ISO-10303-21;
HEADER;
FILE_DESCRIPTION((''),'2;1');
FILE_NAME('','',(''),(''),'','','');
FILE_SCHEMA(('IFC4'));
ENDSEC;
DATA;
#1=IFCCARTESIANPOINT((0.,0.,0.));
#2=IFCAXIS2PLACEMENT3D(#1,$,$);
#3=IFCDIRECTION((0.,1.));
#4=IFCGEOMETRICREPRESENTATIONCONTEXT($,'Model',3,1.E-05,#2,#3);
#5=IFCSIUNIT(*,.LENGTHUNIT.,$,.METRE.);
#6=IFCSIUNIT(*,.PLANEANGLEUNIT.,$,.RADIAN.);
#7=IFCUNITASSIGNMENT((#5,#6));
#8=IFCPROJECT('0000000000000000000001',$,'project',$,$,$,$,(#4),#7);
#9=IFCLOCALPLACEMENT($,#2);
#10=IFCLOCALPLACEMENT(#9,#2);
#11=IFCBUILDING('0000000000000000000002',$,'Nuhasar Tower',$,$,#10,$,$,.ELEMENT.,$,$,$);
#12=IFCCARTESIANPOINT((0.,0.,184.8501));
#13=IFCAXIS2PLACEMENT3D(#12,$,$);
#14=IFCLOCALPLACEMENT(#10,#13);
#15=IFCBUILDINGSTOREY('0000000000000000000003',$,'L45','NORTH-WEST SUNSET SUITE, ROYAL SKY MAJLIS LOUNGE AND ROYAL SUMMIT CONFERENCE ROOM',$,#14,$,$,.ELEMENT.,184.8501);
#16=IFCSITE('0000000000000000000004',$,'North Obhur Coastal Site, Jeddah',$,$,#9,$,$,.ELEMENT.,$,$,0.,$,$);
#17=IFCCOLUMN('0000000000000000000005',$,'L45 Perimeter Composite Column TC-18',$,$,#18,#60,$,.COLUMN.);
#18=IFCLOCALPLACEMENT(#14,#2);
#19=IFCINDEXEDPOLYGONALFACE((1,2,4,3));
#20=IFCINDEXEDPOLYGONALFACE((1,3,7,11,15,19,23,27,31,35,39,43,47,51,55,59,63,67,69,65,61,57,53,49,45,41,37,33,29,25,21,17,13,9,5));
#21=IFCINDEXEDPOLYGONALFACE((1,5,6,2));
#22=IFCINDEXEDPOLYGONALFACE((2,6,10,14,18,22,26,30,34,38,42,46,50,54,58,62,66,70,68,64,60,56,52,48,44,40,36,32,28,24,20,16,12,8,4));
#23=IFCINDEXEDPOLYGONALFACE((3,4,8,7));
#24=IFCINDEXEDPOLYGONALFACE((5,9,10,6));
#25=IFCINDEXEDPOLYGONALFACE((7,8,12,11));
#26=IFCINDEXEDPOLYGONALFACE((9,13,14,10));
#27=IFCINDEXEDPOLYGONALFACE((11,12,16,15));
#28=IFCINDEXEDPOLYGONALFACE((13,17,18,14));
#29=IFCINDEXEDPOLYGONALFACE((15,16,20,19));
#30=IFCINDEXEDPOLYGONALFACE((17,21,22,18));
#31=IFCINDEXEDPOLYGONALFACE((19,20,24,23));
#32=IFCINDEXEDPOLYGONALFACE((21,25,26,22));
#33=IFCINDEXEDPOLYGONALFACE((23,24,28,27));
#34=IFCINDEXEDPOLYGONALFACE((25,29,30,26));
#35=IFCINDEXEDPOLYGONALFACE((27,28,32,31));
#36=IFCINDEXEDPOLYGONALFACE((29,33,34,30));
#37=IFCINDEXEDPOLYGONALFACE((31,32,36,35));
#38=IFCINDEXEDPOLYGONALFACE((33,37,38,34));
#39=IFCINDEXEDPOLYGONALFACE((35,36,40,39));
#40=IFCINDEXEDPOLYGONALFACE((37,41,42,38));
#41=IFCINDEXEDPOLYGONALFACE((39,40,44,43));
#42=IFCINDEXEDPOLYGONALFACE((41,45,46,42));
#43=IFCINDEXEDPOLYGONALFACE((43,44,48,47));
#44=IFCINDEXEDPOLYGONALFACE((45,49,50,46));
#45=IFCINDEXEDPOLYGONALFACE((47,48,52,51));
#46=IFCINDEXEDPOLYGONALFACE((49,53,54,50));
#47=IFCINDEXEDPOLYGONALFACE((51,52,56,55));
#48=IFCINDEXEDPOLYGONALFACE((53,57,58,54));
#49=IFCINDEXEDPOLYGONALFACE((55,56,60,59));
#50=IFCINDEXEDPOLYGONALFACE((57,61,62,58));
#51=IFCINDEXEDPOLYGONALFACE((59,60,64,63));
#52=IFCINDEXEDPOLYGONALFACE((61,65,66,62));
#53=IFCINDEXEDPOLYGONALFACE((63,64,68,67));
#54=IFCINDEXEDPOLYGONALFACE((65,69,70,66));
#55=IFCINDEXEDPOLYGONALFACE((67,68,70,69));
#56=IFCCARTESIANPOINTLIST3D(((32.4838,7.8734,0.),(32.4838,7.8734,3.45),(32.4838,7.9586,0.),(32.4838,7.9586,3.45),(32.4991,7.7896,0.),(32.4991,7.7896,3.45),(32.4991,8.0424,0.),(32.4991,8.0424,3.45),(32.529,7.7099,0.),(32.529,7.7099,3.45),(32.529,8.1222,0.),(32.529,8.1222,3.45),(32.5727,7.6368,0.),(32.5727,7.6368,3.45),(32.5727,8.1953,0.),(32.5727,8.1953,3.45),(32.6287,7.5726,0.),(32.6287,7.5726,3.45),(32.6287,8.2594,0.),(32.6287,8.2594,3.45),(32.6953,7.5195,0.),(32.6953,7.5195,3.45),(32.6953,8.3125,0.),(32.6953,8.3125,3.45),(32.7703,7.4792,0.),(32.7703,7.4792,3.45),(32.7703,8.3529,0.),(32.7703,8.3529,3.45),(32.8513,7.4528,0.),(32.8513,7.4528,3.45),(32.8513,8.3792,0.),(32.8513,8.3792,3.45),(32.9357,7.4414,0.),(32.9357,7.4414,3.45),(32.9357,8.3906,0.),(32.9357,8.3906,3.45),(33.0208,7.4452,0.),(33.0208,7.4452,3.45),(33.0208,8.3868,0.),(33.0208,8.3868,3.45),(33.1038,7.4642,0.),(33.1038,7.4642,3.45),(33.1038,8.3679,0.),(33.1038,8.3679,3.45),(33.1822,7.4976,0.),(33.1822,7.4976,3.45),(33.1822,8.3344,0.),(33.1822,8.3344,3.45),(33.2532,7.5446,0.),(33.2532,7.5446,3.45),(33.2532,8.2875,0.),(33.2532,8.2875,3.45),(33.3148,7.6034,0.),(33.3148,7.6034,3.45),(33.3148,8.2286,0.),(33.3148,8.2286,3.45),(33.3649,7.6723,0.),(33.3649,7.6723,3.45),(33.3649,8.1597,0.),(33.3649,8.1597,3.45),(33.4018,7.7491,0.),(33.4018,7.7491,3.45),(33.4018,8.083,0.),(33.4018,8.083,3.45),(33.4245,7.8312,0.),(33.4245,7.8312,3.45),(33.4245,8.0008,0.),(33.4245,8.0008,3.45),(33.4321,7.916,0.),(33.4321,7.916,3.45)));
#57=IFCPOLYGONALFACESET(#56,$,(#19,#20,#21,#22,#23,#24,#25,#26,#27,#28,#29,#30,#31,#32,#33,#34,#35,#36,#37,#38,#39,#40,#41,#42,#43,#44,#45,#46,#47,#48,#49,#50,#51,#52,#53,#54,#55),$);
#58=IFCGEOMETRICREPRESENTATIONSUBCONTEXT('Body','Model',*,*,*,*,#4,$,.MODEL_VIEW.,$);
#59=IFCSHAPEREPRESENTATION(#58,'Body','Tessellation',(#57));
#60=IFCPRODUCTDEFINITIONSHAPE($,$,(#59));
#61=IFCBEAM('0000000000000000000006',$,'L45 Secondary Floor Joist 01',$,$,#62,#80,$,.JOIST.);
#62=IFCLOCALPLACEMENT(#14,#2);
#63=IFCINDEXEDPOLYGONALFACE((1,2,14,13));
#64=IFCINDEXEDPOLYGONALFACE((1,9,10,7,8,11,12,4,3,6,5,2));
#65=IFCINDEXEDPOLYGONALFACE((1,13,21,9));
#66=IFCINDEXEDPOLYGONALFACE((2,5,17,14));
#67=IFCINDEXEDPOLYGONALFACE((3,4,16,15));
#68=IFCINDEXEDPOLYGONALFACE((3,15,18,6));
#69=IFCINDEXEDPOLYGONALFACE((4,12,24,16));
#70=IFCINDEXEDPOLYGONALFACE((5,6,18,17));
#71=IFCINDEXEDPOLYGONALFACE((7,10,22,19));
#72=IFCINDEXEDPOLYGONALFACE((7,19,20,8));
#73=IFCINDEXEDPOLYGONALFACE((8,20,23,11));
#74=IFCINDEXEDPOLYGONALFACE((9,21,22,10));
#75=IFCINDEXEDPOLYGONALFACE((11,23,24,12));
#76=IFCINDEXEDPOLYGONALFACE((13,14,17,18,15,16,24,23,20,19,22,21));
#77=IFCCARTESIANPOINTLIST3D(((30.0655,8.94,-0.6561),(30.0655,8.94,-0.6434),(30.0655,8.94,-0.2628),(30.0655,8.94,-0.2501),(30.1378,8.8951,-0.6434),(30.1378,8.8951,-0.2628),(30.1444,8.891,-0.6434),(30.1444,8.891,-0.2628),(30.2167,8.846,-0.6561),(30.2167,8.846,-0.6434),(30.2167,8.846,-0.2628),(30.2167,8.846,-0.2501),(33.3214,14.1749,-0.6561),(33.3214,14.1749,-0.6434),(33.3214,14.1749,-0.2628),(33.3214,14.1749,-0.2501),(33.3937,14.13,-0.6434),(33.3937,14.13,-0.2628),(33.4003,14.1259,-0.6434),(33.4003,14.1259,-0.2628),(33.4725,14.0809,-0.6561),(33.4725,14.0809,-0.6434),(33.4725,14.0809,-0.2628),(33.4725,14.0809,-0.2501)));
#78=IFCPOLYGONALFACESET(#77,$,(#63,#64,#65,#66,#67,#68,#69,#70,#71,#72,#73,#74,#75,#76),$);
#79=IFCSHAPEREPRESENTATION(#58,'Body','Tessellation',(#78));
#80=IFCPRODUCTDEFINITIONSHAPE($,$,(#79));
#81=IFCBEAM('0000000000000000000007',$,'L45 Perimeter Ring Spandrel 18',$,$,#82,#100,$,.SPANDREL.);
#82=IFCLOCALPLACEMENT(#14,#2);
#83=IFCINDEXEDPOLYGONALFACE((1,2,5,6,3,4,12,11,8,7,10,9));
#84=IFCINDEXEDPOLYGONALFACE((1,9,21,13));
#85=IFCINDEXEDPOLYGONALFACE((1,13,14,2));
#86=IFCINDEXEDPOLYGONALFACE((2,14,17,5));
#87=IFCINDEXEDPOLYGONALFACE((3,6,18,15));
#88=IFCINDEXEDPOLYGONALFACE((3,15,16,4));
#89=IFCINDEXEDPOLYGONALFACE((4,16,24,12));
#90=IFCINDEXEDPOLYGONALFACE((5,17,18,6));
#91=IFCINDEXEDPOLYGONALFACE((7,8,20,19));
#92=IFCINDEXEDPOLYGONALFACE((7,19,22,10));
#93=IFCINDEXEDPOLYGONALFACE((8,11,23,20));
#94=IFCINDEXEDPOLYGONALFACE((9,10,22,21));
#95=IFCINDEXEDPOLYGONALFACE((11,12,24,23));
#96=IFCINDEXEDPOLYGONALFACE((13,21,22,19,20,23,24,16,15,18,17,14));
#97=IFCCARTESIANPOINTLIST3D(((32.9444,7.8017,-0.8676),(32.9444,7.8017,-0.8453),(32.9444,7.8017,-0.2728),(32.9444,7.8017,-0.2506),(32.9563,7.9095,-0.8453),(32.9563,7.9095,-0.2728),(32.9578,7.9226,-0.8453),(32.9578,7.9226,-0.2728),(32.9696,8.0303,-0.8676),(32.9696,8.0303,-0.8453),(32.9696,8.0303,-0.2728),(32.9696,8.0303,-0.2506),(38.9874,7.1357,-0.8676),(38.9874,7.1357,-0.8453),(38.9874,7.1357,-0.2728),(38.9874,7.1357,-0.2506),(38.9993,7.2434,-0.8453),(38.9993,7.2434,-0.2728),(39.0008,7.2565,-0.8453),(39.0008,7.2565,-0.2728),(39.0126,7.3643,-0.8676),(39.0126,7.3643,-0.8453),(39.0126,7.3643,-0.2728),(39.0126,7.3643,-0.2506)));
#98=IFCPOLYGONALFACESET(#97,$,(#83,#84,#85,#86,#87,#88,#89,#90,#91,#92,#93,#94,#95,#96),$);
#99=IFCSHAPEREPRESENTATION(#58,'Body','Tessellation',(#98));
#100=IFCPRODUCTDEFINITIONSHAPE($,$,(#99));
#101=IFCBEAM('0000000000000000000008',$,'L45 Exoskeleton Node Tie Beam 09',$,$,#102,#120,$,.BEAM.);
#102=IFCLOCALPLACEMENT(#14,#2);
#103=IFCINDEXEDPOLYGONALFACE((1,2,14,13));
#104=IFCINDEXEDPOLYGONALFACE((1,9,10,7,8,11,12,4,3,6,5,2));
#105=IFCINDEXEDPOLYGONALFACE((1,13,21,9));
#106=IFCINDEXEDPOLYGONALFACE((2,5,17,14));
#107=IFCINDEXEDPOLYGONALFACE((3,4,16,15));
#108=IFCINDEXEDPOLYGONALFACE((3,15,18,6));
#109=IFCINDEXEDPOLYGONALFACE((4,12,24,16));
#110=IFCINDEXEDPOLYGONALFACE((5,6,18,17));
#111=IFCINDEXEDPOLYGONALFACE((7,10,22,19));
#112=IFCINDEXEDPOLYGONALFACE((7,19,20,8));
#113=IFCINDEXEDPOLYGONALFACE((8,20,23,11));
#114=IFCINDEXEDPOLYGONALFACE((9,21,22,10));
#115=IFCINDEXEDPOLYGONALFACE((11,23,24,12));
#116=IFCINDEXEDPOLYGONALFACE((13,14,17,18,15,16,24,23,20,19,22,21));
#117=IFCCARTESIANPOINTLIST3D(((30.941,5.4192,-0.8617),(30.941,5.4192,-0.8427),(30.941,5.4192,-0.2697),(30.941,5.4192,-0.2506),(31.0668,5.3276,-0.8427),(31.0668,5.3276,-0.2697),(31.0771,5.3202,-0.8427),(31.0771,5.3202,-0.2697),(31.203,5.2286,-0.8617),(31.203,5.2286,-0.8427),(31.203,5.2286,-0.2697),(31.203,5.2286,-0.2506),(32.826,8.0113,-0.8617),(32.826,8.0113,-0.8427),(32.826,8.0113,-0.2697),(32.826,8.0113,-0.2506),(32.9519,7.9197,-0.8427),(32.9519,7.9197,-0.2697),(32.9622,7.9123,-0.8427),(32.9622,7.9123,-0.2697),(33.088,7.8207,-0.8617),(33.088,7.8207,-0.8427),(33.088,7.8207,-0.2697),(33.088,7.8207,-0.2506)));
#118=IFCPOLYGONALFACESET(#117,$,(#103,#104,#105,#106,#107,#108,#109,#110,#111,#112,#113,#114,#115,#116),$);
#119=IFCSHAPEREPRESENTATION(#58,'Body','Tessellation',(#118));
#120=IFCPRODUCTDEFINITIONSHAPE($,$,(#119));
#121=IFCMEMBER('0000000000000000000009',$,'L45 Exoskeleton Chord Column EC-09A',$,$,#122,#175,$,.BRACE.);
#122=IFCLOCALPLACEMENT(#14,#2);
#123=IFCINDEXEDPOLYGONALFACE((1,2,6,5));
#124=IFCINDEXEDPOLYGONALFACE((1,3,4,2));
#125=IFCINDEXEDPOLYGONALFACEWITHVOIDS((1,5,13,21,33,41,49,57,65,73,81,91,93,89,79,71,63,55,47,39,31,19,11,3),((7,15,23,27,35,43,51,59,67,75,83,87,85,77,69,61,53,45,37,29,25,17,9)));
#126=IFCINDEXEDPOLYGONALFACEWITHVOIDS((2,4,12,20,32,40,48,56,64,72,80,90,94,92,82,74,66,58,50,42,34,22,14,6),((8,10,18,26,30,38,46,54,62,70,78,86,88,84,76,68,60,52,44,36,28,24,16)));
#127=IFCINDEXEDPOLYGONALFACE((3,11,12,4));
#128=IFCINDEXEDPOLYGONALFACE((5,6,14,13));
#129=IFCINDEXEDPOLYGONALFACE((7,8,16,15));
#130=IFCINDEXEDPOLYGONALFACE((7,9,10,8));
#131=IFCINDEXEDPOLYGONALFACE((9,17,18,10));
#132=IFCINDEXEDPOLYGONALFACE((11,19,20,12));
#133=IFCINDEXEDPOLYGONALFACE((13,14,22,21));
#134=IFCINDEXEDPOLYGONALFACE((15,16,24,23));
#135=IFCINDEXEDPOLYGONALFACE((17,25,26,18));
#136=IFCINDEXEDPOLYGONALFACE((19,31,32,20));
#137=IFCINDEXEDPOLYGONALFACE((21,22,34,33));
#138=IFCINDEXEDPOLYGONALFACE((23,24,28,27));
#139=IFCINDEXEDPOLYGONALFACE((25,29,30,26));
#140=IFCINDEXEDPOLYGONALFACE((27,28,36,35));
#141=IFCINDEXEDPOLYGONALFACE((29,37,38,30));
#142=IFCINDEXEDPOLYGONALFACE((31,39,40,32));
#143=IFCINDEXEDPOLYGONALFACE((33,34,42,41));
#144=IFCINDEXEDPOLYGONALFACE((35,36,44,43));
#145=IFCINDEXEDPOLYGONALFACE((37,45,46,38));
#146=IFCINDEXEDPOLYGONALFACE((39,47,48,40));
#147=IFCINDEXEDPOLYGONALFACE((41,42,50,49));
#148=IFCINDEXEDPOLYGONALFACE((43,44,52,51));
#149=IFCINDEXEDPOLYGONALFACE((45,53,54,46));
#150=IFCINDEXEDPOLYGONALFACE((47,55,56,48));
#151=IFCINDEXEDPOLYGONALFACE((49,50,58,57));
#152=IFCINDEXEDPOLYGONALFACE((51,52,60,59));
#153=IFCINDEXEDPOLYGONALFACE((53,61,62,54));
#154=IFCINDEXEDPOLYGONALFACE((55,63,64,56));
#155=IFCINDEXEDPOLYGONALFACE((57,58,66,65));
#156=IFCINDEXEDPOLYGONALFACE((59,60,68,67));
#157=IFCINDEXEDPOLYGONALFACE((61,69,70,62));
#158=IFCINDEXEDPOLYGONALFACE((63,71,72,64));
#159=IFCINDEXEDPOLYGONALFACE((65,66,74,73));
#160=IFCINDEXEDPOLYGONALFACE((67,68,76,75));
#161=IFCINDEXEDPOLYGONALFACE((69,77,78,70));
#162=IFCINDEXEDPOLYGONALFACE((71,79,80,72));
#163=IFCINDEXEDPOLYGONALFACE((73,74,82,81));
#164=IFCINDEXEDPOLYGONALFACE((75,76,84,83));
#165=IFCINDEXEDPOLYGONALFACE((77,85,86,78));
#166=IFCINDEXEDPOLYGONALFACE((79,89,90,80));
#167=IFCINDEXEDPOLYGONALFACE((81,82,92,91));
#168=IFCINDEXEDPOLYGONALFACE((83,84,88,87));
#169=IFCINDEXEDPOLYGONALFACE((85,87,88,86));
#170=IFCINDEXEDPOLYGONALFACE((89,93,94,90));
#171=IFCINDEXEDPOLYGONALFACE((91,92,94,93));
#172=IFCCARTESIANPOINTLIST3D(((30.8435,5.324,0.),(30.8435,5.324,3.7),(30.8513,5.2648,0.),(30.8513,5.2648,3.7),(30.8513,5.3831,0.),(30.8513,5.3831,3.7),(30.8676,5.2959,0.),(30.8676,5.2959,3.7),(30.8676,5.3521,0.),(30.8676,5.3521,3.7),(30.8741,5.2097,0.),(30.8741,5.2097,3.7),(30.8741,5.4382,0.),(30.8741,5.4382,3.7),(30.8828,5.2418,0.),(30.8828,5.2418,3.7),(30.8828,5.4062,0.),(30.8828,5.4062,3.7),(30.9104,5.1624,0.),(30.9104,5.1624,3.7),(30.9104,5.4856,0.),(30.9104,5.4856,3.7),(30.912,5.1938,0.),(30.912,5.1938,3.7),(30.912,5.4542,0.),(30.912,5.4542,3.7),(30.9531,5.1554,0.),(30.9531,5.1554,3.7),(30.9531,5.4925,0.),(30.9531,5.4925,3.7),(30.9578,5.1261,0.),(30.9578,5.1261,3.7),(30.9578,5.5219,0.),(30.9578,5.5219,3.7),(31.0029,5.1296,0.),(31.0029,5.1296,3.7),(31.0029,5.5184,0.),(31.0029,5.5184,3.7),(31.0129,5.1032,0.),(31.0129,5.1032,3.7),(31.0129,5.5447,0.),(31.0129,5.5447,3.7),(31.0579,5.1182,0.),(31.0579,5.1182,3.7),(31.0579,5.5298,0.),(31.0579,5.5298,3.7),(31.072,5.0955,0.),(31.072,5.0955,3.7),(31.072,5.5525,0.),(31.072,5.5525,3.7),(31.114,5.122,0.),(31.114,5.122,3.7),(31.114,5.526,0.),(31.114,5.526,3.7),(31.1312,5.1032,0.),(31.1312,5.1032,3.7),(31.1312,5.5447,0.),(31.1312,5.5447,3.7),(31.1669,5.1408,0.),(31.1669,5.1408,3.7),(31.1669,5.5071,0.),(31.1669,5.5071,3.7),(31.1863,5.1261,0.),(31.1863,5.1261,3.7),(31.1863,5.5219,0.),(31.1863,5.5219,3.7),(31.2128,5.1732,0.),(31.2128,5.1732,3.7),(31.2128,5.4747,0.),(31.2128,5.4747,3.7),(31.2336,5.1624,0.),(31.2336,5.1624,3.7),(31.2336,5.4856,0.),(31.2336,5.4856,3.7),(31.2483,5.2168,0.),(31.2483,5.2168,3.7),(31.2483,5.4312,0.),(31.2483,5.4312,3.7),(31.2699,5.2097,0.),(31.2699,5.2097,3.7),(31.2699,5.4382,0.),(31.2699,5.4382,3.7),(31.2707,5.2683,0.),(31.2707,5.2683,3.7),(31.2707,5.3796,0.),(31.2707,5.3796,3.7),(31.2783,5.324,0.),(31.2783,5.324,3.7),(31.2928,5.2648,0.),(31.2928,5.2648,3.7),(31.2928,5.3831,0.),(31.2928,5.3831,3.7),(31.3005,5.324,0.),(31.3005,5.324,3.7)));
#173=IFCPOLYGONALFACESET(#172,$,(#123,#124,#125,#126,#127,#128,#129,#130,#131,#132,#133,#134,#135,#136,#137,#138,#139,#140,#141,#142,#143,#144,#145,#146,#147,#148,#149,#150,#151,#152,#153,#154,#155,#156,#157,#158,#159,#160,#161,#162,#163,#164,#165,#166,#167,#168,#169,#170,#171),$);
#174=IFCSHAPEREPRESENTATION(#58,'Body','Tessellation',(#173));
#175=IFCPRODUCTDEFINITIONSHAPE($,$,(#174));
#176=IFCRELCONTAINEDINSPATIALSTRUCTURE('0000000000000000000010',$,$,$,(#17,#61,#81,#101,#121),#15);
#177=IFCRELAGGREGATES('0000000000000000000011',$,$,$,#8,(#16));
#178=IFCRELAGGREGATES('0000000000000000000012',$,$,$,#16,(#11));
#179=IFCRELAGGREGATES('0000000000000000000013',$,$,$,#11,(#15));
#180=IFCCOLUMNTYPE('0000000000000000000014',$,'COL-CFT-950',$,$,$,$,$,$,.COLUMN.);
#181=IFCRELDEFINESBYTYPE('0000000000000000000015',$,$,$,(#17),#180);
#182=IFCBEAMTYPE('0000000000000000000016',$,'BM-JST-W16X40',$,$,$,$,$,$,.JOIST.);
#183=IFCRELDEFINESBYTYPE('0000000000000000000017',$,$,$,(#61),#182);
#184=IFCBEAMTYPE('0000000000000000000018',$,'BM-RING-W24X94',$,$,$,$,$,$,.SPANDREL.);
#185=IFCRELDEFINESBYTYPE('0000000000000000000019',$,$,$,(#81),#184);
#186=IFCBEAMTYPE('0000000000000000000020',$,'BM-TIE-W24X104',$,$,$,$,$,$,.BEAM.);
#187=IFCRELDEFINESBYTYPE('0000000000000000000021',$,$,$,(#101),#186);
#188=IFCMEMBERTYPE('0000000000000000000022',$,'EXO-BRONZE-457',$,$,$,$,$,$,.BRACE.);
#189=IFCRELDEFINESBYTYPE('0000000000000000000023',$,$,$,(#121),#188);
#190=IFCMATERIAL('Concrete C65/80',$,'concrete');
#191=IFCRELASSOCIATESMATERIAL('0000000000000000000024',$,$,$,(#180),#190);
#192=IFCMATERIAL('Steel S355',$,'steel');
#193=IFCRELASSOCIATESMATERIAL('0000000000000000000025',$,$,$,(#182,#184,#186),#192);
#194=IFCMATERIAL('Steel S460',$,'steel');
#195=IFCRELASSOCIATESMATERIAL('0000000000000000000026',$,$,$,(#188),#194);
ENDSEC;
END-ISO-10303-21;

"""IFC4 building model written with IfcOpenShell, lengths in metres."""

from ifc_helpers import new_model, si_unit, direction, frame, origin, origin_2d, place, context, subcontext, project, spatial, circle, hollow_circle, i_section, extrude, material, material_profile, profile_set, type_object, element, save


model = new_model("IFC4")

# Units and contexts
model_context = context("Model", 3, precision=1e-05, world=origin(), true_north=direction((0.0, 1.0)))
body_context = subcontext(model_context, "Body", "Model", "MODEL_VIEW")
ifc_project = project(units=[si_unit("LENGTHUNIT", "METRE"), si_unit("PLANEANGLEUNIT", "RADIAN")], contexts=[model_context])

# Site, building, storey
site_placement = place(None, origin())
site = spatial("IfcSite", under=ifc_project, at=site_placement, Name="North Obhur Coastal Site, Jeddah", CompositionType="ELEMENT", RefElevation=0.0)
building_placement = place(site_placement, origin())
building = spatial("IfcBuilding", under=site, at=building_placement, Name="Nuhasar Tower", CompositionType="ELEMENT")
storey_placement = place(building_placement, frame((0.0, 0.0, 184.8501)))
storey = spatial("IfcBuildingStorey", under=building, at=storey_placement, Name="L45", Description="NORTH-WEST SUNSET SUITE, ROYAL SKY MAJLIS LOUNGE AND ROYAL SUMMIT CONFERENCE ROOM", CompositionType="ELEMENT", Elevation=184.8501)

# Column
ifc_material_1 = material(Name="Concrete C65/80", Category="concrete")
ifc_material_profile_1 = material_profile(ifc_material_1, circle(Radius=0.4751, at=origin_2d()), Name="CFT950")
ifc_profile_set_1 = profile_set([ifc_material_profile_1], Name="Concrete C65/80")
column_type = type_object("IfcColumnType", Name="COL-CFT-950", PredefinedType="COLUMN", material=ifc_profile_set_1)
column_placement = place(storey_placement, frame((32.957, 7.916, 0.0), z_axis=(0.0, 0.0, 1.0), x_axis=(1.0, 0.0, 0.0)))
element("IfcColumn", 1, at=column_placement, inside=storey, type_object=column_type, Name="L45 Perimeter Composite Column TC-18", PredefinedType="COLUMN", context=body_context, shape_type="SweptSolid", body=[
    extrude(circle(Radius=0.4751, at=origin_2d()), origin(), (0.0, 0.0, 1.0), 3.45),
])

# Beams
ifc_material_2 = material(Name="Steel S355", Category="steel")
ifc_material_profile_2 = material_profile(ifc_material_2, i_section(OverallWidth=0.178, OverallDepth=0.406, WebThickness=0.0078, FlangeThickness=0.0127, at=origin_2d()), Name="W16X40")
ifc_profile_set_2 = profile_set([ifc_material_profile_2], Name="Steel S355")
beam_type_1 = type_object("IfcBeamType", Name="BM-JST-W16X40", PredefinedType="JOIST", material=ifc_profile_set_2)
beam_1_placement = place(storey_placement, frame((33.397, 14.1279, -0.4531), z_axis=(-0.528139, -0.849158, 0.0), x_axis=(0.849158, -0.528139, 0.0)))
element("IfcBeam", 2, at=beam_1_placement, inside=storey, type_object=beam_type_1, Name="L45 Secondary Floor Joist 01", PredefinedType="JOIST", context=body_context, shape_type="SweptSolid", body=[
    extrude(i_section(OverallWidth=0.178, OverallDepth=0.406, WebThickness=0.0078, FlangeThickness=0.0127, at=origin_2d()), origin(), (0.0, 0.0, 1.0), 6.1648),
])
ifc_material_profile_3 = material_profile(ifc_material_2, i_section(OverallWidth=0.23, OverallDepth=0.6169, WebThickness=0.0132, FlangeThickness=0.0222, at=origin_2d()), Name="W24X94")
ifc_profile_set_3 = profile_set([ifc_material_profile_3], Name="Steel S355")
beam_type_2 = type_object("IfcBeamType", Name="BM-RING-W24X94", PredefinedType="SPANDREL", material=ifc_profile_set_3)
beam_2_placement = place(storey_placement, frame((32.957, 7.916, -0.5591), z_axis=(0.993981, -0.10955, 0.0), x_axis=(0.10955, 0.993981, 0.0)))
element("IfcBeam", 3, at=beam_2_placement, inside=storey, type_object=beam_type_2, Name="L45 Perimeter Ring Spandrel 18", PredefinedType="SPANDREL", context=body_context, shape_type="SweptSolid", body=[
    extrude(i_section(OverallWidth=0.23, OverallDepth=0.6169, WebThickness=0.0132, FlangeThickness=0.0222, at=origin_2d()), origin(), (0.0, 0.0, 1.0), 6.0796),
])
ifc_material_profile_4 = material_profile(ifc_material_2, i_section(OverallWidth=0.324, OverallDepth=0.6111, WebThickness=0.0127, FlangeThickness=0.019, at=origin_2d()), Name="W24X104")
ifc_profile_set_4 = profile_set([ifc_material_profile_4], Name="Steel S355")
beam_type_3 = type_object("IfcBeamType", Name="BM-TIE-W24X104", PredefinedType="BEAM", material=ifc_profile_set_4)
beam_3_placement = place(storey_placement, frame((32.957, 7.916, -0.5562), z_axis=(-0.588149, -0.808753, 0.0), x_axis=(0.808753, -0.588149, 0.0)))
element("IfcBeam", 4, at=beam_3_placement, inside=storey, type_object=beam_type_3, Name="L45 Exoskeleton Node Tie Beam 09", PredefinedType="BEAM", context=body_context, shape_type="SweptSolid", body=[
    extrude(i_section(OverallWidth=0.324, OverallDepth=0.6111, WebThickness=0.0127, FlangeThickness=0.019, at=origin_2d()), origin(), (0.0, 0.0, 1.0), 3.2051),
])

# Member
ifc_material_3 = material(Name="Steel S460", Category="steel")
ifc_material_profile_5 = material_profile(ifc_material_3, hollow_circle(Radius=0.2285, WallThickness=0.0222, at=origin_2d()), Name="HSS457X22.2")
ifc_profile_set_5 = profile_set([ifc_material_profile_5], Name="Steel S460")
member_type = type_object("IfcMemberType", Name="EXO-BRONZE-457", PredefinedType="BRACE", material=ifc_profile_set_5)
for number, where, z_axis, x_axis, name in (
    (5, (31.072, 5.324, 0.0), (0.0, 0.0, 1.0), (1.0, 0.0, 0.0), "L45 Exoskeleton Chord Column EC-09A"),
):
    element("IfcMember", number, at=place(storey_placement, frame(where, z_axis=z_axis, x_axis=x_axis)), inside=storey, type_object=member_type, Name=name, PredefinedType="BRACE", context=body_context, shape_type="SweptSolid", body=[
        extrude(hollow_circle(Radius=0.2285, WallThickness=0.0222, at=origin_2d()), origin(), (0.0, 0.0, 1.0), 3.7),
    ])

save(model, "model.ifc")
